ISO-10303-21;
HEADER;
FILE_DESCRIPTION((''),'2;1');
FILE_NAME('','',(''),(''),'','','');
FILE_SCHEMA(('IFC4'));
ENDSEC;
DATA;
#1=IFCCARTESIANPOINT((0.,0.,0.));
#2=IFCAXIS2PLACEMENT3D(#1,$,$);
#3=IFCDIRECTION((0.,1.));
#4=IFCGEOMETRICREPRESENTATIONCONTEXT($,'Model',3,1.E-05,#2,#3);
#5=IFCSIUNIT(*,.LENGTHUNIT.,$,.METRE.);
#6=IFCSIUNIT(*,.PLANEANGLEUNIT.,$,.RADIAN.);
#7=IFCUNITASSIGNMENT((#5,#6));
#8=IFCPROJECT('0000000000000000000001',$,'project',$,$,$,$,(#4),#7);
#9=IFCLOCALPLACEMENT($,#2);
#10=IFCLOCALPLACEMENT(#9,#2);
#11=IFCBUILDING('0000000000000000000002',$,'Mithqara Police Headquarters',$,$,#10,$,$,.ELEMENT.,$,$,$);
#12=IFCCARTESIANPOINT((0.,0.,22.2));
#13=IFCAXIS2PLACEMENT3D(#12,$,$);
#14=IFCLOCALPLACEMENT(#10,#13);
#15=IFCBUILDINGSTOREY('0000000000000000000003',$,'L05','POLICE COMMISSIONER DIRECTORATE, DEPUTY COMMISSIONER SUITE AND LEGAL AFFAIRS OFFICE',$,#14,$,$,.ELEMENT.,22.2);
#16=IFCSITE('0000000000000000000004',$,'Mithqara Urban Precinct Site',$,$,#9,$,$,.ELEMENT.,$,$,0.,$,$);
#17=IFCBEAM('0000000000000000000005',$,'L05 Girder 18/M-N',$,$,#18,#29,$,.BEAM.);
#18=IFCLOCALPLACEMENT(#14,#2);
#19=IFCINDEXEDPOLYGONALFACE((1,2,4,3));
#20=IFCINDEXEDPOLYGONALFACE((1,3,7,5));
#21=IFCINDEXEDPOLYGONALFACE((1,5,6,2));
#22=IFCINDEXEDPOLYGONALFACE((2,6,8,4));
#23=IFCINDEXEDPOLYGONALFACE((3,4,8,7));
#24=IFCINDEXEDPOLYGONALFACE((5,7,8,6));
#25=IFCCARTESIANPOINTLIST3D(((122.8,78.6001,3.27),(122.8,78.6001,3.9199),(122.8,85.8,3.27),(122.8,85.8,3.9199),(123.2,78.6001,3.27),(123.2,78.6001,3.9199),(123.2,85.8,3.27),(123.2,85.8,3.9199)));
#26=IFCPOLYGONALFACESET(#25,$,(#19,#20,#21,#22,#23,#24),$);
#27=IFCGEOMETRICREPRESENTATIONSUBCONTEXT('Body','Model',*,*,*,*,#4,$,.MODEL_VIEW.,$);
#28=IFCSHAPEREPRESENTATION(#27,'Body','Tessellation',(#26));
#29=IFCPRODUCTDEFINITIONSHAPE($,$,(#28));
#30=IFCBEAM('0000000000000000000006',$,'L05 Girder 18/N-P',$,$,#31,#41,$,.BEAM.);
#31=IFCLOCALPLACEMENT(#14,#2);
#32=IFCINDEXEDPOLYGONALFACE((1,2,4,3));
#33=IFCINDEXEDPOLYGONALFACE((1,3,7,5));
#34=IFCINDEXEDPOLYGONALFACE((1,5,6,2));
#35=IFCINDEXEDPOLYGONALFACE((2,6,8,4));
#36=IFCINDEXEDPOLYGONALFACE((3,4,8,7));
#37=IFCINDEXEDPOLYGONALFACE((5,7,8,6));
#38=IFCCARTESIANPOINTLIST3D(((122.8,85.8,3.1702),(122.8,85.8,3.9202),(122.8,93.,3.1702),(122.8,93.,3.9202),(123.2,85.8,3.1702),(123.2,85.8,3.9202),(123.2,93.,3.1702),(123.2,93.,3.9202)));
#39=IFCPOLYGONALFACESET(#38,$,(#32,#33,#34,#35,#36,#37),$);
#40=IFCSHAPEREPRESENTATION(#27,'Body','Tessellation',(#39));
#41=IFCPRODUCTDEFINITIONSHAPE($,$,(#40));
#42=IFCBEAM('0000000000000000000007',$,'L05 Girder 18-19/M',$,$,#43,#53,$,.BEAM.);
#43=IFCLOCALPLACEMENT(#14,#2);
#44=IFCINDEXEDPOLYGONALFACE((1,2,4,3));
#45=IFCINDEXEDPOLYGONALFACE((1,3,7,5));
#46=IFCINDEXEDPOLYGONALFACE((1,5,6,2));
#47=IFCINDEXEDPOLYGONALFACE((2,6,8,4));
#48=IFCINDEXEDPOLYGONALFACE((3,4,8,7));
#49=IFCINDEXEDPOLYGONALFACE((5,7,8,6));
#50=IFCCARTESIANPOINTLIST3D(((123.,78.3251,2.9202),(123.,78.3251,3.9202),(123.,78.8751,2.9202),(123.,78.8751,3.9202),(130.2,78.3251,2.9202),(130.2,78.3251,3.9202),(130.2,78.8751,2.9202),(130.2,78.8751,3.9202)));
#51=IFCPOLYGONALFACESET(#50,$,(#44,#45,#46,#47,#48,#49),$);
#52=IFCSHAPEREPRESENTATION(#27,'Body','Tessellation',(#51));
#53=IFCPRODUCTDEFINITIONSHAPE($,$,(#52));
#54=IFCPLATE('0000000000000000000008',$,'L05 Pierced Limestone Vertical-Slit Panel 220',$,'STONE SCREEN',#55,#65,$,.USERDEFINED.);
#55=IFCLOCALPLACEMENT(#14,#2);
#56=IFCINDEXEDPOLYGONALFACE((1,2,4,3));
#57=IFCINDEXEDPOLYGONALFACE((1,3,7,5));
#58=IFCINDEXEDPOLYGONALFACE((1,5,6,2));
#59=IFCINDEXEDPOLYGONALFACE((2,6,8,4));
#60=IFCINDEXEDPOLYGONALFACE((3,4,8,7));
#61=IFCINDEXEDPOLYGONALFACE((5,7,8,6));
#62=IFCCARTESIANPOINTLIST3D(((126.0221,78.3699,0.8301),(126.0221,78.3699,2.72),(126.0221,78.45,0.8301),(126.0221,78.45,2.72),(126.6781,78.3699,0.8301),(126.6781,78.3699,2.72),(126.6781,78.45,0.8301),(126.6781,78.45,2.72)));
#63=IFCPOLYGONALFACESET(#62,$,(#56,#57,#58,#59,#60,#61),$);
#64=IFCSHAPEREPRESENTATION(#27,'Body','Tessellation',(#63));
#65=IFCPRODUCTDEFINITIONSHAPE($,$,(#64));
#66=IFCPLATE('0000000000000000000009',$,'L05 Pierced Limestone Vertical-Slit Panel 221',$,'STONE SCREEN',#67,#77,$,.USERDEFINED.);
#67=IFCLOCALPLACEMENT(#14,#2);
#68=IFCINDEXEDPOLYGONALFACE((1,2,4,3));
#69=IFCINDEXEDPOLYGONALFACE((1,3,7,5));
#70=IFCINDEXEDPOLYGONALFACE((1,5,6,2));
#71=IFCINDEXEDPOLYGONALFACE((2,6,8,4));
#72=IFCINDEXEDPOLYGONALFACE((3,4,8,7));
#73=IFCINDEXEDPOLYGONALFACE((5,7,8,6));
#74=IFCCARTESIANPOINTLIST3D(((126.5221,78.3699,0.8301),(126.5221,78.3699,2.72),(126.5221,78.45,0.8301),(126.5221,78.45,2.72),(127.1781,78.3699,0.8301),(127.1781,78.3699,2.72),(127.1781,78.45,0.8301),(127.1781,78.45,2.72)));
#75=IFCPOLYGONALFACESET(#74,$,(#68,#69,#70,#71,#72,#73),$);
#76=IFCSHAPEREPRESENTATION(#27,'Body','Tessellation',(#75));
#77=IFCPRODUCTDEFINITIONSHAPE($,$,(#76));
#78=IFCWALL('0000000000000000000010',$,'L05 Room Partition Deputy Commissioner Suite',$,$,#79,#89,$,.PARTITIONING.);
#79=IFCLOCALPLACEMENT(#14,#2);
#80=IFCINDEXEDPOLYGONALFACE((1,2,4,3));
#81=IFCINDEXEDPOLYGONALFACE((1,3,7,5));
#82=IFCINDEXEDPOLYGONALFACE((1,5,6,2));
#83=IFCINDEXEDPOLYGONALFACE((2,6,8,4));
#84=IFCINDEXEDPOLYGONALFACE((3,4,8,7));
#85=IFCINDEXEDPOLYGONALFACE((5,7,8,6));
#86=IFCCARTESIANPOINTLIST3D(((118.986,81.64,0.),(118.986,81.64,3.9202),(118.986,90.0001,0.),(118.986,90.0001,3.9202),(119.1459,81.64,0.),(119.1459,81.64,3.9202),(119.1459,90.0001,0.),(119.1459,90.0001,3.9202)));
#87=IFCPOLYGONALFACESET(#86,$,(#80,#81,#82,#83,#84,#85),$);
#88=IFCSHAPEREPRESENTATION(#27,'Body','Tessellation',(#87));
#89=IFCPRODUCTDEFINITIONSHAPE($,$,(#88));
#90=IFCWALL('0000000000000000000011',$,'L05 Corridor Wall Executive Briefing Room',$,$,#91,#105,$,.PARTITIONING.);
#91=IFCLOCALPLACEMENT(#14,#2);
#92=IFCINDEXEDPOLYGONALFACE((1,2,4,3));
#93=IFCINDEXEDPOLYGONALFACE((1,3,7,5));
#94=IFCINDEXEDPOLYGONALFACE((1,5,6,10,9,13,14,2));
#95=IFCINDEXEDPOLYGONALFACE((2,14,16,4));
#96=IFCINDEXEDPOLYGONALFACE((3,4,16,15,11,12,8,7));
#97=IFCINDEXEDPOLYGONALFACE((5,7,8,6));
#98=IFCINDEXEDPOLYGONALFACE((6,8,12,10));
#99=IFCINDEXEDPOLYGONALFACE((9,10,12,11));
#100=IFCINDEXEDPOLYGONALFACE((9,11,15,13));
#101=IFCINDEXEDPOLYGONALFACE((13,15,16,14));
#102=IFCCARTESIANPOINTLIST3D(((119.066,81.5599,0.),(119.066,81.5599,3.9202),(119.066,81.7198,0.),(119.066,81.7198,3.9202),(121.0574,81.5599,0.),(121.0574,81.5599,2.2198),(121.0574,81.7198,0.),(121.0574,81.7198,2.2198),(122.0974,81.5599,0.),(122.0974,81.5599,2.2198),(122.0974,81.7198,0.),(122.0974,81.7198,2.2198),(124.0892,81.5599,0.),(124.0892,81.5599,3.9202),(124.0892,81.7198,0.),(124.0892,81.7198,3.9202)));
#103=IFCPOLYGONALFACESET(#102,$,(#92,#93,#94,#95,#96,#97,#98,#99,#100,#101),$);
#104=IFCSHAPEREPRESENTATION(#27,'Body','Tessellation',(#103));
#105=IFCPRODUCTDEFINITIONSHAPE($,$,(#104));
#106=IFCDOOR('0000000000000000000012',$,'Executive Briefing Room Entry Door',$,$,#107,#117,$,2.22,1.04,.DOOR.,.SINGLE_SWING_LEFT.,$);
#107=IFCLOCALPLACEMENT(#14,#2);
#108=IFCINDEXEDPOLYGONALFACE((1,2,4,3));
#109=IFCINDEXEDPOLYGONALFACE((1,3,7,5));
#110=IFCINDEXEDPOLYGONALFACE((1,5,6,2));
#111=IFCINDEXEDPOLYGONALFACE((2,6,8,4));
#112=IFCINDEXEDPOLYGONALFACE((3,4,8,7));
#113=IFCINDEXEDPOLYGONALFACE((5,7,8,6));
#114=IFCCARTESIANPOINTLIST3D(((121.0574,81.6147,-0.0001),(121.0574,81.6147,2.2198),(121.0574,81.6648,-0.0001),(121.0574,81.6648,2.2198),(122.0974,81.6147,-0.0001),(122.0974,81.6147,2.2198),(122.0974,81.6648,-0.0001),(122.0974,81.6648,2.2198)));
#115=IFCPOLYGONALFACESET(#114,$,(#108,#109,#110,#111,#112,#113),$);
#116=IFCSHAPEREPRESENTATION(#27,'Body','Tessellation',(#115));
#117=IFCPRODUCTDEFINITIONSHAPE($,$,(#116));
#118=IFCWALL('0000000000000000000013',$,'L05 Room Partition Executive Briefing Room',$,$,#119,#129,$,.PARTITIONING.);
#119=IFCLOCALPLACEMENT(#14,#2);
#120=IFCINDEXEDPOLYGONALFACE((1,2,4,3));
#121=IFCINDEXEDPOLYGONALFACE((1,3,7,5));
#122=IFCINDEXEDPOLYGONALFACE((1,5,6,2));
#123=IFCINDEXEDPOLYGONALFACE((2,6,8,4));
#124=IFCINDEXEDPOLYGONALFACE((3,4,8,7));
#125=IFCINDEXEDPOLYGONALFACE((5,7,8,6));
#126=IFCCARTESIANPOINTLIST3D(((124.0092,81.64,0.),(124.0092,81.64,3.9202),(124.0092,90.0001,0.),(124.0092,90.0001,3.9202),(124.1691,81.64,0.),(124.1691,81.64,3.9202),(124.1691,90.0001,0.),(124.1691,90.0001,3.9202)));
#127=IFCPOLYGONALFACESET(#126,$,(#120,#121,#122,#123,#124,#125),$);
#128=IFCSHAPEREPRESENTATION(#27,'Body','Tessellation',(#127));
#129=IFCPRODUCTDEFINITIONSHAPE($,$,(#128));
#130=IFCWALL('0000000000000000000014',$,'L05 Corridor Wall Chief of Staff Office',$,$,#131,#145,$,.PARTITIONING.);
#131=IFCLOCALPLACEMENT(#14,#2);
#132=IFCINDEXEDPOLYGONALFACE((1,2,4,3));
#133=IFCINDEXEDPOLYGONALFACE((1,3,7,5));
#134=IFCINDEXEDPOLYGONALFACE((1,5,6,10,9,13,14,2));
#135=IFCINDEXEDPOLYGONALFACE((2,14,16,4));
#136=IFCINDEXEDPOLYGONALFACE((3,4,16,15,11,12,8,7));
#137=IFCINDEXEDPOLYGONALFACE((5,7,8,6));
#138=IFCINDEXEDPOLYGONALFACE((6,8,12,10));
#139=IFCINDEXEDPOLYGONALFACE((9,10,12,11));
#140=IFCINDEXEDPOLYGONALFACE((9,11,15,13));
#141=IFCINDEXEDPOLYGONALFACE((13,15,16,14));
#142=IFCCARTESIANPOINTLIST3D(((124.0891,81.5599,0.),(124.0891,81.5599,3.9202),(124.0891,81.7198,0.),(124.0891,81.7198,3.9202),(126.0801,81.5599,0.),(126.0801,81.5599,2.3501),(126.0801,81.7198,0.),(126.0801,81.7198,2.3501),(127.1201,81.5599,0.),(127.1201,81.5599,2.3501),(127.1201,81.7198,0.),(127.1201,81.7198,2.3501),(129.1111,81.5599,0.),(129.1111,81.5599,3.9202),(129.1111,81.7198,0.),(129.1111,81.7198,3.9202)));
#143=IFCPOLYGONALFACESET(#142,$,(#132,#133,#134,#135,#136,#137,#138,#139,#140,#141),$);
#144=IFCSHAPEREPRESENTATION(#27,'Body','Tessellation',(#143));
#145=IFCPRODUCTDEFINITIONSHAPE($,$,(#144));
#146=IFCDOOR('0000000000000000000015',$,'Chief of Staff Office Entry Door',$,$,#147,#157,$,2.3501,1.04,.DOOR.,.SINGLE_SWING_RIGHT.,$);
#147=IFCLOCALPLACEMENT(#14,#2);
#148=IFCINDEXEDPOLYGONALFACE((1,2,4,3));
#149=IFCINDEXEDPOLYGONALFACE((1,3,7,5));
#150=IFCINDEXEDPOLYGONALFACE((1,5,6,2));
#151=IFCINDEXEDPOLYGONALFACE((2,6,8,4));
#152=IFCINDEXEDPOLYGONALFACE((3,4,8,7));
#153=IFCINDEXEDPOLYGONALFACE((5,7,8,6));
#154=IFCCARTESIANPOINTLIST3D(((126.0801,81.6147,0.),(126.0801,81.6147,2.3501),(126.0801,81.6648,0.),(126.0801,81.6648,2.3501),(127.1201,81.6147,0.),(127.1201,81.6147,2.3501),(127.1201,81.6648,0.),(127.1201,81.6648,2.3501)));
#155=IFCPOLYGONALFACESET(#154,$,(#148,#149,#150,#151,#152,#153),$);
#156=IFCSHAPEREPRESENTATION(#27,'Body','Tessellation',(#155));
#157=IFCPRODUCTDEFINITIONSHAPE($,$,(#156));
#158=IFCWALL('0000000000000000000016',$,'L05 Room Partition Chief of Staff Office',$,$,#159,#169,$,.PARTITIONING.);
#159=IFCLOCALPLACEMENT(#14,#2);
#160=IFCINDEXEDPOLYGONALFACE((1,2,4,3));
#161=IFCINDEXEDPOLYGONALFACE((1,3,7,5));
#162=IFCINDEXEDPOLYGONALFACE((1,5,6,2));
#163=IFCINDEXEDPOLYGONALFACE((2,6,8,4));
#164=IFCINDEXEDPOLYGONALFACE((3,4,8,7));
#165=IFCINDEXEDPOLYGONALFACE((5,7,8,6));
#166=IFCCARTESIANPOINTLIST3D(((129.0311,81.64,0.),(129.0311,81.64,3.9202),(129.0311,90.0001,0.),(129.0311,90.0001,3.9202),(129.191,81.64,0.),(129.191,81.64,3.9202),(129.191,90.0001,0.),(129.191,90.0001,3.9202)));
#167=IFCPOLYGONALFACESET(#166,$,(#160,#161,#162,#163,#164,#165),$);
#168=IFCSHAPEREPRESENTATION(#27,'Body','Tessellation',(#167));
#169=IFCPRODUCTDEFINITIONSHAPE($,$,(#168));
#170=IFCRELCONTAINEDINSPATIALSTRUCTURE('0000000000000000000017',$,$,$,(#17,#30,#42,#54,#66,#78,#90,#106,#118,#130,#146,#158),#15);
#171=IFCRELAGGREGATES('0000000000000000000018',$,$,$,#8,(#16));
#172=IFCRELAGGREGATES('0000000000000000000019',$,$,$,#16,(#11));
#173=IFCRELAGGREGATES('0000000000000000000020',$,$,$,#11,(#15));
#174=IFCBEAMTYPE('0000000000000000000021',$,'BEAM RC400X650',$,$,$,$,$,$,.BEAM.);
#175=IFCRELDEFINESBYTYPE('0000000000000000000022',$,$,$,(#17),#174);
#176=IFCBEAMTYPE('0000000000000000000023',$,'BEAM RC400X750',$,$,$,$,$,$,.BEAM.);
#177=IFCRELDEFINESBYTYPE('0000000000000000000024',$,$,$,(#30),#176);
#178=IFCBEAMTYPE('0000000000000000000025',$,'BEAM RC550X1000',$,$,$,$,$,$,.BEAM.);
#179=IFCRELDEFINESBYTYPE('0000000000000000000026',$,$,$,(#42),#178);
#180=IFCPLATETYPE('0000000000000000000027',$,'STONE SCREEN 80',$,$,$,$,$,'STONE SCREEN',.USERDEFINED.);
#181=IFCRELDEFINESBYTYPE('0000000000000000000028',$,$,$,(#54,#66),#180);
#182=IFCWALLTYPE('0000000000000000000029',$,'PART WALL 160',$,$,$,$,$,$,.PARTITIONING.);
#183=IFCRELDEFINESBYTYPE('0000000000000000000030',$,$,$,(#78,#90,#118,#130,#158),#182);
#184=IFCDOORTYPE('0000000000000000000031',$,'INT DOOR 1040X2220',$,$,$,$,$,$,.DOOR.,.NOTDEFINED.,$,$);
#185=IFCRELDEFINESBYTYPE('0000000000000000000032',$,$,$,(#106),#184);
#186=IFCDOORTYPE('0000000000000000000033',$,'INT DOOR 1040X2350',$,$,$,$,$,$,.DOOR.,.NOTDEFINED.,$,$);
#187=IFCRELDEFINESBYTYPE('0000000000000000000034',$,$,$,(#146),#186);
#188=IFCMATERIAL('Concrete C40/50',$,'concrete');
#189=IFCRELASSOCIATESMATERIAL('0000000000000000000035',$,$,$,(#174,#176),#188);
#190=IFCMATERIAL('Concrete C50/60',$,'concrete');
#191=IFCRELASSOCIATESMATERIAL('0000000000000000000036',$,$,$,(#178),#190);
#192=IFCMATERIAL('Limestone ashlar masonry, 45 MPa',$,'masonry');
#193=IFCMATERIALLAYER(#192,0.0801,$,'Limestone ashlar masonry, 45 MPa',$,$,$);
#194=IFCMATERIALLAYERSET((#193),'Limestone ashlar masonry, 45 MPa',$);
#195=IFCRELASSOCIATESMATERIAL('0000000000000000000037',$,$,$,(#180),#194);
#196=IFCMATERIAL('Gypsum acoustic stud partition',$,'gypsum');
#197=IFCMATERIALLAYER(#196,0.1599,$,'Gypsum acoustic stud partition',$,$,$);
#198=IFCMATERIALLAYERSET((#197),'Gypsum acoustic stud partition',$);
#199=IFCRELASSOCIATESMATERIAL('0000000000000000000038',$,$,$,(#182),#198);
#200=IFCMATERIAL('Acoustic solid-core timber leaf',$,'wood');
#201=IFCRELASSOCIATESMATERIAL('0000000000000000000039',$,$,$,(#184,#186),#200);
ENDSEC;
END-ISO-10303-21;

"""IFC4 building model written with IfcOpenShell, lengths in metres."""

from ifc_helpers import new_model, si_unit, direction, frame, frame_2d, origin, origin_2d, place, context, subcontext, project, spatial, rectangle, extrude, material, layer, layer_set, material_profile, profile_set, type_object, element, fill, save


model = new_model("IFC4")

# Units and contexts
model_context = context("Model", 3, precision=1e-05, world=origin(), true_north=direction((0.0, 1.0)))
body_context = subcontext(model_context, "Body", "Model", "MODEL_VIEW")
ifc_project = project(units=[si_unit("LENGTHUNIT", "METRE"), si_unit("PLANEANGLEUNIT", "RADIAN")], contexts=[model_context])

# Site, building, storey
site_placement = place(None, origin())
site = spatial("IfcSite", under=ifc_project, at=site_placement, Name="Mithqara Urban Precinct Site", CompositionType="ELEMENT", RefElevation=0.0)
building_placement = place(site_placement, origin())
building = spatial("IfcBuilding", under=site, at=building_placement, Name="Mithqara Police Headquarters", CompositionType="ELEMENT")
storey_placement = place(building_placement, frame((0.0, 0.0, 22.2)))
storey = spatial("IfcBuildingStorey", under=building, at=storey_placement, Name="L05", Description="POLICE COMMISSIONER DIRECTORATE, DEPUTY COMMISSIONER SUITE AND LEGAL AFFAIRS OFFICE", CompositionType="ELEMENT", Elevation=22.2)

# Shared definitions
ifc_material_1 = material(Name="Concrete C50/60", Category="concrete")

# Beams
ifc_material_2 = material(Name="Concrete C40/50", Category="concrete")
ifc_material_profile_1 = material_profile(ifc_material_2, rectangle(XDim=0.3999, YDim=0.6499, at=origin_2d()), Name="RC 400x650")
ifc_profile_set_1 = profile_set([ifc_material_profile_1], Name="Concrete C40/50")
beam_type_1 = type_object("IfcBeamType", Name="BEAM RC400X650", PredefinedType="BEAM", material=ifc_profile_set_1)
beam_1_placement = place(storey_placement, frame((123.0, 78.6001, 3.595), z_axis=(0.0, 1.0, 0.0), x_axis=(-1.0, 0.0, 0.0)))
element("IfcBeam", 1, at=beam_1_placement, inside=storey, type_object=beam_type_1, Name="L05 Girder 18/M-N", PredefinedType="BEAM", context=body_context, shape_type="SweptSolid", body=[
    extrude(rectangle(XDim=0.3999, YDim=0.6499, at=origin_2d()), origin(), (0.0, 0.0, 1.0), 7.2),
])
ifc_material_profile_2 = material_profile(ifc_material_2, rectangle(XDim=0.3999, YDim=0.75, at=origin_2d()), Name="RC 400x750")
ifc_profile_set_2 = profile_set([ifc_material_profile_2], Name="Concrete C40/50")
beam_type_2 = type_object("IfcBeamType", Name="BEAM RC400X750", PredefinedType="BEAM", material=ifc_profile_set_2)
beam_2_placement = place(storey_placement, frame((123.0, 85.8, 3.5452), z_axis=(0.0, 1.0, 0.0), x_axis=(-1.0, 0.0, 0.0)))
element("IfcBeam", 2, at=beam_2_placement, inside=storey, type_object=beam_type_2, Name="L05 Girder 18/N-P", PredefinedType="BEAM", context=body_context, shape_type="SweptSolid", body=[
    extrude(rectangle(XDim=0.3999, YDim=0.75, at=origin_2d()), origin(), (0.0, 0.0, 1.0), 7.2),
])
ifc_material_profile_3 = material_profile(ifc_material_1, rectangle(XDim=0.55, YDim=1.0, at=origin_2d()), Name="RC 550x1000")
ifc_profile_set_3 = profile_set([ifc_material_profile_3], Name="Concrete C50/60")
beam_type_3 = type_object("IfcBeamType", Name="BEAM RC550X1000", PredefinedType="BEAM", material=ifc_profile_set_3)
beam_3_placement = place(storey_placement, frame((123.0, 78.6001, 3.4202), z_axis=(1.0, 0.0, 0.0), x_axis=(0.0, 1.0, 0.0)))
element("IfcBeam", 3, at=beam_3_placement, inside=storey, type_object=beam_type_3, Name="L05 Girder 18-19/M", PredefinedType="BEAM", context=body_context, shape_type="SweptSolid", body=[
    extrude(rectangle(XDim=0.55, YDim=1.0, at=origin_2d()), origin(), (0.0, 0.0, 1.0), 7.2),
])

# Plates
ifc_material_3 = material(Name="Limestone ashlar masonry, 45 MPa", Category="masonry")
ifc_layer_1 = layer(ifc_material_3, 0.0801, Name="Limestone ashlar masonry, 45 MPa")
ifc_layer_set_1 = layer_set([ifc_layer_1], Name="Limestone ashlar masonry, 45 MPa")
plate_type = type_object("IfcPlateType", Name="STONE SCREEN 80", ElementType="STONE SCREEN", PredefinedType="USERDEFINED", material=ifc_layer_set_1)
for number, where, z_axis, x_axis, name in (
    (4, (126.3501, 78.4099, 0.8301), (0.0, 0.0, 1.0), (1.0, 0.0, 0.0), "L05 Pierced Limestone Vertical-Slit Panel 220"),
    (5, (126.8501, 78.4099, 0.8301), (0.0, 0.0, 1.0), (1.0, 0.0, 0.0), "L05 Pierced Limestone Vertical-Slit Panel 221"),
):
    element("IfcPlate", number, at=place(storey_placement, frame(where, z_axis=z_axis, x_axis=x_axis)), inside=storey, type_object=plate_type, Name=name, ObjectType="STONE SCREEN", PredefinedType="USERDEFINED", context=body_context, shape_type="SweptSolid", body=[
        extrude(rectangle(XDim=0.656, YDim=0.0801, at=origin_2d()), origin(), (0.0, 0.0, 1.0), 1.8899),
    ])

# Wall
ifc_material_4 = material(Name="Gypsum acoustic stud partition", Category="gypsum")
ifc_layer_2 = layer(ifc_material_4, 0.1599, Name="Gypsum acoustic stud partition")
ifc_layer_set_2 = layer_set([ifc_layer_2], Name="Gypsum acoustic stud partition")
wall_type = type_object("IfcWallType", Name="PART WALL 160", PredefinedType="PARTITIONING", material=ifc_layer_set_2)
wall_1_placement = place(storey_placement, frame((119.0659, 81.6399, 0.0), z_axis=(0.0, 0.0, 1.0), x_axis=(0.0, 1.0, 0.0)))
element("IfcWall", 6, at=wall_1_placement, inside=storey, type_object=wall_type, Name="L05 Room Partition Deputy Commissioner Suite", PredefinedType="PARTITIONING", context=body_context, shape_type="SweptSolid", body=[
    extrude(rectangle(XDim=8.3601, YDim=0.1599, at=frame_2d((4.1802, 0.0))), origin(), (0.0, 0.0, 1.0), 3.9202),
])

# Wall, opening, door
wall_2_placement = place(storey_placement, frame((119.0659, 81.6399, 0.0), z_axis=(0.0, 0.0, 1.0), x_axis=(1.0, 0.0, 0.0)))
wall_2 = element("IfcWall", 7, at=wall_2_placement, inside=storey, type_object=wall_type, Name="L05 Corridor Wall Executive Briefing Room", PredefinedType="PARTITIONING", context=body_context, shape_type="SweptSolid", body=[
    extrude(rectangle(XDim=5.0232, YDim=0.1599, at=frame_2d((2.5117, 0.0))), origin(), (0.0, 0.0, 1.0), 3.9202),
])
opening_1_placement = place(wall_2_placement, frame((1.9915, 0.0, 0.0)))
opening_1 = element("IfcOpeningElement", 8, at=opening_1_placement, cuts=wall_2, PredefinedType="OPENING", context=body_context, shape_type="SweptSolid", body=[
    extrude(rectangle(XDim=1.04, YDim=2.22, at=frame_2d((0.52, 1.1099))), frame((0.0, 0.0898, 0.0), z_axis=(0.0, -1.0, 0.0), x_axis=(1.0, 0.0, 0.0)), (0.0, 0.0, 1.0), 0.1799),
])
ifc_material_5 = material(Name="Acoustic solid-core timber leaf", Category="wood")
door_type_1 = type_object("IfcDoorType", Name="INT DOOR 1040X2220", OperationType="NOTDEFINED", PredefinedType="DOOR", material=ifc_material_5)
door_1_placement = place(opening_1_placement, origin())
door_1 = element("IfcDoor", 9, at=door_1_placement, inside=storey, type_object=door_type_1, Name="Executive Briefing Room Entry Door", OperationType="SINGLE_SWING_LEFT", OverallHeight=2.22, OverallWidth=1.04, PredefinedType="DOOR", context=body_context, shape_type="SweptSolid", body=[
    extrude(rectangle(XDim=1.04, YDim=2.22, at=frame_2d((0.52, 1.1099))), frame((0.0, 0.0249, 0.0), z_axis=(0.0, -1.0, 0.0), x_axis=(1.0, 0.0, 0.0)), (0.0, 0.0, 1.0), 0.05),
])
fill(opening_1, door_1)

# Wall
wall_3_placement = place(storey_placement, frame((124.0891, 81.6399, 0.0), z_axis=(0.0, 0.0, 1.0), x_axis=(0.0, 1.0, 0.0)))
element("IfcWall", 10, at=wall_3_placement, inside=storey, type_object=wall_type, Name="L05 Room Partition Executive Briefing Room", PredefinedType="PARTITIONING", context=body_context, shape_type="SweptSolid", body=[
    extrude(rectangle(XDim=8.3601, YDim=0.1599, at=frame_2d((4.1802, 0.0))), origin(), (0.0, 0.0, 1.0), 3.9202),
])

# Wall, opening, door
wall_4_placement = place(storey_placement, frame((124.0891, 81.6399, 0.0), z_axis=(0.0, 0.0, 1.0), x_axis=(1.0, 0.0, 0.0)))
wall_4 = element("IfcWall", 11, at=wall_4_placement, inside=storey, type_object=wall_type, Name="L05 Corridor Wall Chief of Staff Office", PredefinedType="PARTITIONING", context=body_context, shape_type="SweptSolid", body=[
    extrude(rectangle(XDim=5.022, YDim=0.1599, at=frame_2d((2.511, 0.0))), origin(), (0.0, 0.0, 1.0), 3.9202),
])
opening_2_placement = place(wall_4_placement, frame((1.991, 0.0, 0.0)))
opening_2 = element("IfcOpeningElement", 12, at=opening_2_placement, cuts=wall_4, PredefinedType="OPENING", context=body_context, shape_type="SweptSolid", body=[
    extrude(rectangle(XDim=1.04, YDim=2.3501, at=frame_2d((0.52, 1.175))), frame((0.0, 0.0898, 0.0), z_axis=(0.0, -1.0, 0.0), x_axis=(1.0, 0.0, 0.0)), (0.0, 0.0, 1.0), 0.1799),
])
door_type_2 = type_object("IfcDoorType", Name="INT DOOR 1040X2350", OperationType="NOTDEFINED", PredefinedType="DOOR", material=ifc_material_5)
door_2_placement = place(opening_2_placement, origin())
door_2 = element("IfcDoor", 13, at=door_2_placement, inside=storey, type_object=door_type_2, Name="Chief of Staff Office Entry Door", OperationType="SINGLE_SWING_RIGHT", OverallHeight=2.3501, OverallWidth=1.04, PredefinedType="DOOR", context=body_context, shape_type="SweptSolid", body=[
    extrude(rectangle(XDim=1.04, YDim=2.3501, at=frame_2d((0.52, 1.175))), frame((0.0, 0.0249, 0.0), z_axis=(0.0, -1.0, 0.0), x_axis=(1.0, 0.0, 0.0)), (0.0, 0.0, 1.0), 0.05),
])
fill(opening_2, door_2)

# Wall
wall_5_placement = place(storey_placement, frame((129.1111, 81.6399, 0.0), z_axis=(0.0, 0.0, 1.0), x_axis=(0.0, 1.0, 0.0)))
element("IfcWall", 14, at=wall_5_placement, inside=storey, type_object=wall_type, Name="L05 Room Partition Chief of Staff Office", PredefinedType="PARTITIONING", context=body_context, shape_type="SweptSolid", body=[
    extrude(rectangle(XDim=8.3601, YDim=0.1599, at=frame_2d((4.1802, 0.0))), origin(), (0.0, 0.0, 1.0), 3.9202),
])

save(model, "model.ifc")
